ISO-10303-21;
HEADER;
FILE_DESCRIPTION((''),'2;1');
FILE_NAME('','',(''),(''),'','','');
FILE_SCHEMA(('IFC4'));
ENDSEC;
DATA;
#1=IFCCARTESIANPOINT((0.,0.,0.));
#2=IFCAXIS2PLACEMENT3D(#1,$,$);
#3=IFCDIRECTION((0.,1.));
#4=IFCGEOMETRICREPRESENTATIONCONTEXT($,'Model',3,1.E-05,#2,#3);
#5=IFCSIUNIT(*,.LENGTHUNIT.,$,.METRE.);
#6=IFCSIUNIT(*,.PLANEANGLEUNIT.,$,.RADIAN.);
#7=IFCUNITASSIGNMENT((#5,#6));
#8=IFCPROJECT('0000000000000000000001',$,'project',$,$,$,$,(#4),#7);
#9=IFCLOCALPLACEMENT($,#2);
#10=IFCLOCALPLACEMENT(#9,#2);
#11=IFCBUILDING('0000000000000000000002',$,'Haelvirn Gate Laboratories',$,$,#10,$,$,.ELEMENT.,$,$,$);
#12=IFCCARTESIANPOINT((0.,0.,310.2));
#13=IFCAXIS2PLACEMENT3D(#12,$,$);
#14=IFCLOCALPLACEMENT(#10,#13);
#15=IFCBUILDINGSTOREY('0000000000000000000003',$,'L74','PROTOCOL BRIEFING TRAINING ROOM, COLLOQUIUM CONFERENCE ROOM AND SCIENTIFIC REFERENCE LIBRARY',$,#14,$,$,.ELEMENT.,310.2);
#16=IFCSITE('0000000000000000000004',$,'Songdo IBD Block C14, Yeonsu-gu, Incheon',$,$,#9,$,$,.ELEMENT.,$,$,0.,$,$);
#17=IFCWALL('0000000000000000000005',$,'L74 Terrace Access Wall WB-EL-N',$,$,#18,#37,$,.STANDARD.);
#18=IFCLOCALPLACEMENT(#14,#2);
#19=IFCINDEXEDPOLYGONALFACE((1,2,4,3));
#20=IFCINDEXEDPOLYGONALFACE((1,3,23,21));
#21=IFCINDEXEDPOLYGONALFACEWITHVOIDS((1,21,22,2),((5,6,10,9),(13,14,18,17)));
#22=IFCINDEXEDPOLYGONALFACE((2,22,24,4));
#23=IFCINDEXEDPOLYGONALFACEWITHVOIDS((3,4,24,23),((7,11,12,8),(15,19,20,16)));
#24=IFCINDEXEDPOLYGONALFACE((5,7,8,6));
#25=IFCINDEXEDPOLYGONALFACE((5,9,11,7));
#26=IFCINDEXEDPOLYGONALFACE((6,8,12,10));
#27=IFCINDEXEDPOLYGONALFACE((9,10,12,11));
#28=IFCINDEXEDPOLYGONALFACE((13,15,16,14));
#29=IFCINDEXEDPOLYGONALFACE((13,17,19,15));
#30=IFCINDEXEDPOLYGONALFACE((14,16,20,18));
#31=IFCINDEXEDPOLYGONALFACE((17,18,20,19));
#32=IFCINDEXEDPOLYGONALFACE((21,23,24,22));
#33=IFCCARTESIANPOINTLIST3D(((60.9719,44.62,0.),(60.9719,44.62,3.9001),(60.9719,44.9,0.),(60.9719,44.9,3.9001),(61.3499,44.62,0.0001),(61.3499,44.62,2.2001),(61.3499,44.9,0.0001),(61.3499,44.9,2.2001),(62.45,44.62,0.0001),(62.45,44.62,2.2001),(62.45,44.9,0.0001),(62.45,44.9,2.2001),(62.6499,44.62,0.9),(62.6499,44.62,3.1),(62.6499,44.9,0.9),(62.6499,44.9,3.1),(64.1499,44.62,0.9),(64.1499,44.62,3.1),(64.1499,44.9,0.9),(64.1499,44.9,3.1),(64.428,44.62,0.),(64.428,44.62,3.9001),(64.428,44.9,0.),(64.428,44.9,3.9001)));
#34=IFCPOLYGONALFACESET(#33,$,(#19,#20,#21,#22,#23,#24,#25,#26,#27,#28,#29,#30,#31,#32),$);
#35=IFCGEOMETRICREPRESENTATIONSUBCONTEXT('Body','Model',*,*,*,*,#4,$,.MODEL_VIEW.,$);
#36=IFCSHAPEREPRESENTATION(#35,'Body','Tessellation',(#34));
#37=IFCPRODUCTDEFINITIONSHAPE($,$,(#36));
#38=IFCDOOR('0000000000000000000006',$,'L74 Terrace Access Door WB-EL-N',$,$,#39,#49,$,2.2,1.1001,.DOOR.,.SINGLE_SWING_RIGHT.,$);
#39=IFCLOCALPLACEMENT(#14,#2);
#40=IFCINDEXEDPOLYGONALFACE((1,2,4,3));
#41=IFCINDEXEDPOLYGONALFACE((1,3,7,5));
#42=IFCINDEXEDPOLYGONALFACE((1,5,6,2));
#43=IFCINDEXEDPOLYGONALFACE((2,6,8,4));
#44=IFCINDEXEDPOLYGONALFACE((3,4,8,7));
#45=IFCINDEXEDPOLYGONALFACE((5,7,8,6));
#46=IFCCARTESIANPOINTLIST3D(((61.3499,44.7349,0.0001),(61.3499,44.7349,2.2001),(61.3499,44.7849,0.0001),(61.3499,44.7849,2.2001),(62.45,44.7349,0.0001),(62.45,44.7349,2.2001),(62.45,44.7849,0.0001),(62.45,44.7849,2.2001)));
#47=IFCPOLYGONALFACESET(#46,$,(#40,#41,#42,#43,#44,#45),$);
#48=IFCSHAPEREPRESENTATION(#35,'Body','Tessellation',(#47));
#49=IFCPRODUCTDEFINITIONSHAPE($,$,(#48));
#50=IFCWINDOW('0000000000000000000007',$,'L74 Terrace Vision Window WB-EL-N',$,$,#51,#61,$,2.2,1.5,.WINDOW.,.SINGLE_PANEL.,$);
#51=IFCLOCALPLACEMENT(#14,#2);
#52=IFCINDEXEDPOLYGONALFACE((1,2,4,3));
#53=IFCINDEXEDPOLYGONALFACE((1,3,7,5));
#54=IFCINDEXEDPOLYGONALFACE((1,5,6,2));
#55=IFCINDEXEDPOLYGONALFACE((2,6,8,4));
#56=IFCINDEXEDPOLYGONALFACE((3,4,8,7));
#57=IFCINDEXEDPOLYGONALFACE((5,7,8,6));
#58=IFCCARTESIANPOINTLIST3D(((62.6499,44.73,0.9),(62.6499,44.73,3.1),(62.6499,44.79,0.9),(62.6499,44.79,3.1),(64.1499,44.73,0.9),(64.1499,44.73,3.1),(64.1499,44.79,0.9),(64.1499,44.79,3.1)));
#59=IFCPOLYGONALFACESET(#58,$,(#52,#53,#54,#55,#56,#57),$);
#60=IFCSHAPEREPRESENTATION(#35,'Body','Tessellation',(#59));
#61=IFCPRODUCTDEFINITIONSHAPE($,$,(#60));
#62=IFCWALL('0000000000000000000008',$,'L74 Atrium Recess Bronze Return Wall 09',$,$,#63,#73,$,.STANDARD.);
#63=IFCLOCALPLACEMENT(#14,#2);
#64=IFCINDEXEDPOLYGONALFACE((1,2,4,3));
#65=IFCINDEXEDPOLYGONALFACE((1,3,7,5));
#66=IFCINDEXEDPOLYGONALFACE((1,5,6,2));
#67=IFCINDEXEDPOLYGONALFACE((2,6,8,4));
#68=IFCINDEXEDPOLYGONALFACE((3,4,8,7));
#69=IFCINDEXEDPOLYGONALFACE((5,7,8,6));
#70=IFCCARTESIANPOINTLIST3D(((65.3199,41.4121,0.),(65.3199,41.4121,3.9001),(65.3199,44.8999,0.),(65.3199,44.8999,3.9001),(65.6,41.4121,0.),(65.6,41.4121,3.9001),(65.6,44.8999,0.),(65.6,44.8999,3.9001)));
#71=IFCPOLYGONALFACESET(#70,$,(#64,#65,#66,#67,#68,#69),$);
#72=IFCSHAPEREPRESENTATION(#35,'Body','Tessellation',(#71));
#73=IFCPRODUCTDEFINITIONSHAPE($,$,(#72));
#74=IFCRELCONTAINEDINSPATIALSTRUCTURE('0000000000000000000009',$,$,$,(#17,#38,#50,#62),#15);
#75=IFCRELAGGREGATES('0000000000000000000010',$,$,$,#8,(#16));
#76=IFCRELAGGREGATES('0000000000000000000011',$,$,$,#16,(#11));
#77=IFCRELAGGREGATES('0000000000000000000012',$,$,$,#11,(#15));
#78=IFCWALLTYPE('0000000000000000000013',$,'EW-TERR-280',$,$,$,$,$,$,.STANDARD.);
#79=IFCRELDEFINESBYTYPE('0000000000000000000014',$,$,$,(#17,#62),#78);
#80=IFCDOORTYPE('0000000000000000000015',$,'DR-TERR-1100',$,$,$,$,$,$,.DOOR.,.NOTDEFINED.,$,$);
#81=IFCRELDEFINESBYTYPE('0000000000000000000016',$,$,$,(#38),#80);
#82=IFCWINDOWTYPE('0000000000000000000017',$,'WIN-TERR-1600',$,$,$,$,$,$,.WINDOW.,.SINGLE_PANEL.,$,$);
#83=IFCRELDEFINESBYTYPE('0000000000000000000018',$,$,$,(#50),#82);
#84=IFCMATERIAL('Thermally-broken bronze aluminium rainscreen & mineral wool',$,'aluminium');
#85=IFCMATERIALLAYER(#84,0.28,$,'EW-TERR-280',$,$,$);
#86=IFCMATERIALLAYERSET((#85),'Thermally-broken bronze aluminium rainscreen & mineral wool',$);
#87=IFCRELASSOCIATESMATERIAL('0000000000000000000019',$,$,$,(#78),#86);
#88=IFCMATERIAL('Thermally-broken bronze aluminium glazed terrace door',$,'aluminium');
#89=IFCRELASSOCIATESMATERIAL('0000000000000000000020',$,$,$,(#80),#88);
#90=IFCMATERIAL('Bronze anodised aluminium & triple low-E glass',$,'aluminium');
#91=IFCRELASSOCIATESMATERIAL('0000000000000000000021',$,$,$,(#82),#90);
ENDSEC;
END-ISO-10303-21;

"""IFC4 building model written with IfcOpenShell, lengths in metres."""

from ifc_helpers import new_model, si_unit, direction, frame, frame_2d, origin, place, context, subcontext, project, spatial, rectangle, extrude, source, transform, mapped, material, layer, layer_set, type_object, type_shapes, element, fill, save


model = new_model("IFC4")

# Units and contexts
model_context = context("Model", 3, precision=1e-05, world=origin(), true_north=direction((0.0, 1.0)))
body_context = subcontext(model_context, "Body", "Model", "MODEL_VIEW")
ifc_project = project(units=[si_unit("LENGTHUNIT", "METRE"), si_unit("PLANEANGLEUNIT", "RADIAN")], contexts=[model_context])

# Site, building, storey
site_placement = place(None, origin())
site = spatial("IfcSite", under=ifc_project, at=site_placement, Name="Songdo IBD Block C14, Yeonsu-gu, Incheon", CompositionType="ELEMENT", RefElevation=0.0)
building_placement = place(site_placement, origin())
building = spatial("IfcBuilding", under=site, at=building_placement, Name="Haelvirn Gate Laboratories", CompositionType="ELEMENT")
storey_placement = place(building_placement, frame((0.0, 0.0, 310.2)))
storey = spatial("IfcBuildingStorey", under=building, at=storey_placement, Name="L74", Description="PROTOCOL BRIEFING TRAINING ROOM, COLLOQUIUM CONFERENCE ROOM AND SCIENTIFIC REFERENCE LIBRARY", CompositionType="ELEMENT", Elevation=310.2)

# Wall, openings, door, window
ifc_material_1 = material(Name="Thermally-broken bronze aluminium rainscreen & mineral wool", Category="aluminium")
ifc_layer_1 = layer(ifc_material_1, 0.28, Name="EW-TERR-280")
ifc_layer_set_1 = layer_set([ifc_layer_1], Name="Thermally-broken bronze aluminium rainscreen & mineral wool")
wall_type = type_object("IfcWallType", Name="EW-TERR-280", PredefinedType="STANDARD", material=ifc_layer_set_1)
wall_1_placement = place(storey_placement, frame((60.9719, 44.76, 0.0), z_axis=(0.0, 0.0, 1.0), x_axis=(1.0, 0.0, 0.0)))
wall_1 = element("IfcWall", 1, at=wall_1_placement, inside=storey, type_object=wall_type, Name="L74 Terrace Access Wall WB-EL-N", PredefinedType="STANDARD", context=body_context, shape_type="SweptSolid", body=[
    extrude(rectangle(XDim=3.4561, YDim=0.28, at=frame_2d((1.728, 0.0))), origin(), (0.0, 0.0, 1.0), 3.9001),
])
opening_1_placement = place(wall_1_placement, frame((0.3779, 0.0, 0.0)))
opening_1 = element("IfcOpeningElement", 2, at=opening_1_placement, cuts=wall_1, PredefinedType="OPENING", context=body_context, shape_type="SweptSolid", body=[
    extrude(rectangle(XDim=1.1001, YDim=2.2, at=frame_2d((0.55, 1.1001))), frame((0.0, 0.1499, 0.0), z_axis=(0.0, -1.0, 0.0), x_axis=(1.0, 0.0, 0.0)), (0.0, 0.0, 1.0), 0.3),
])
opening_2_placement = place(wall_1_placement, frame((1.678, 0.0, 0.8999)))
opening_2 = element("IfcOpeningElement", 3, at=opening_2_placement, cuts=wall_1, PredefinedType="OPENING", context=body_context, shape_type="SweptSolid", body=[
    extrude(rectangle(XDim=1.5, YDim=2.2, at=frame_2d((0.75, 1.1001))), frame((0.0, 0.1499, 0.0), z_axis=(0.0, -1.0, 0.0), x_axis=(1.0, 0.0, 0.0)), (0.0, 0.0, 1.0), 0.3),
])
ifc_material_2 = material(Name="Thermally-broken bronze aluminium glazed terrace door", Category="aluminium")
door_type = type_object("IfcDoorType", Name="DR-TERR-1100", OperationType="NOTDEFINED", PredefinedType="DOOR", material=ifc_material_2)
shared_shape_1 = source(origin(), body_context, "Body", "SweptSolid", [
    extrude(rectangle(XDim=1.1001, YDim=2.2, at=frame_2d((0.55, 1.1001))), frame((0.0, 0.0249, 0.0), z_axis=(0.0, -1.0, 0.0), x_axis=(1.0, 0.0, 0.0)), (0.0, 0.0, 1.0), 0.05),
])
type_shapes(door_type, [shared_shape_1])
door_placement = place(opening_1_placement, origin())
door = element("IfcDoor", 4, at=door_placement, inside=storey, type_object=door_type, Name="L74 Terrace Access Door WB-EL-N", OperationType="SINGLE_SWING_RIGHT", OverallHeight=2.2, OverallWidth=1.1001, PredefinedType="DOOR", context=body_context, shape_type="MappedRepresentation", body=[
    mapped(shared_shape_1, transform((0.0, 0.0, 0.0), scale=1.0)),
])
fill(opening_1, door)
ifc_material_3 = material(Name="Bronze anodised aluminium & triple low-E glass", Category="aluminium")
window_type = type_object("IfcWindowType", Name="WIN-TERR-1600", PartitioningType="SINGLE_PANEL", PredefinedType="WINDOW", material=ifc_material_3)
shared_shape_2 = source(origin(), body_context, "Body", "SweptSolid", [
    extrude(rectangle(XDim=1.5, YDim=2.2, at=frame_2d((0.75, 1.1001))), frame((0.0, 0.03, 0.0), z_axis=(0.0, -1.0, 0.0), x_axis=(1.0, 0.0, 0.0)), (0.0, 0.0, 1.0), 0.0601),
])
type_shapes(window_type, [shared_shape_2])
window_placement = place(opening_2_placement, origin())
window = element("IfcWindow", 5, at=window_placement, inside=storey, type_object=window_type, Name="L74 Terrace Vision Window WB-EL-N", OverallHeight=2.2, OverallWidth=1.5, PartitioningType="SINGLE_PANEL", PredefinedType="WINDOW", context=body_context, shape_type="MappedRepresentation", body=[
    mapped(shared_shape_2, transform((0.0, 0.0, 0.0), scale=1.0)),
])
fill(opening_2, window)

# Wall
wall_2_placement = place(storey_placement, frame((65.46, 41.4121, 0.0), z_axis=(0.0, 0.0, 1.0), x_axis=(0.0, 1.0, 0.0)))
element("IfcWall", 6, at=wall_2_placement, inside=storey, type_object=wall_type, Name="L74 Atrium Recess Bronze Return Wall 09", PredefinedType="STANDARD", context=body_context, shape_type="SweptSolid", body=[
    extrude(rectangle(XDim=3.4878, YDim=0.28, at=frame_2d((1.7439, 0.0))), origin(), (0.0, 0.0, 1.0), 3.9001),
])

save(model, "model.ifc")
